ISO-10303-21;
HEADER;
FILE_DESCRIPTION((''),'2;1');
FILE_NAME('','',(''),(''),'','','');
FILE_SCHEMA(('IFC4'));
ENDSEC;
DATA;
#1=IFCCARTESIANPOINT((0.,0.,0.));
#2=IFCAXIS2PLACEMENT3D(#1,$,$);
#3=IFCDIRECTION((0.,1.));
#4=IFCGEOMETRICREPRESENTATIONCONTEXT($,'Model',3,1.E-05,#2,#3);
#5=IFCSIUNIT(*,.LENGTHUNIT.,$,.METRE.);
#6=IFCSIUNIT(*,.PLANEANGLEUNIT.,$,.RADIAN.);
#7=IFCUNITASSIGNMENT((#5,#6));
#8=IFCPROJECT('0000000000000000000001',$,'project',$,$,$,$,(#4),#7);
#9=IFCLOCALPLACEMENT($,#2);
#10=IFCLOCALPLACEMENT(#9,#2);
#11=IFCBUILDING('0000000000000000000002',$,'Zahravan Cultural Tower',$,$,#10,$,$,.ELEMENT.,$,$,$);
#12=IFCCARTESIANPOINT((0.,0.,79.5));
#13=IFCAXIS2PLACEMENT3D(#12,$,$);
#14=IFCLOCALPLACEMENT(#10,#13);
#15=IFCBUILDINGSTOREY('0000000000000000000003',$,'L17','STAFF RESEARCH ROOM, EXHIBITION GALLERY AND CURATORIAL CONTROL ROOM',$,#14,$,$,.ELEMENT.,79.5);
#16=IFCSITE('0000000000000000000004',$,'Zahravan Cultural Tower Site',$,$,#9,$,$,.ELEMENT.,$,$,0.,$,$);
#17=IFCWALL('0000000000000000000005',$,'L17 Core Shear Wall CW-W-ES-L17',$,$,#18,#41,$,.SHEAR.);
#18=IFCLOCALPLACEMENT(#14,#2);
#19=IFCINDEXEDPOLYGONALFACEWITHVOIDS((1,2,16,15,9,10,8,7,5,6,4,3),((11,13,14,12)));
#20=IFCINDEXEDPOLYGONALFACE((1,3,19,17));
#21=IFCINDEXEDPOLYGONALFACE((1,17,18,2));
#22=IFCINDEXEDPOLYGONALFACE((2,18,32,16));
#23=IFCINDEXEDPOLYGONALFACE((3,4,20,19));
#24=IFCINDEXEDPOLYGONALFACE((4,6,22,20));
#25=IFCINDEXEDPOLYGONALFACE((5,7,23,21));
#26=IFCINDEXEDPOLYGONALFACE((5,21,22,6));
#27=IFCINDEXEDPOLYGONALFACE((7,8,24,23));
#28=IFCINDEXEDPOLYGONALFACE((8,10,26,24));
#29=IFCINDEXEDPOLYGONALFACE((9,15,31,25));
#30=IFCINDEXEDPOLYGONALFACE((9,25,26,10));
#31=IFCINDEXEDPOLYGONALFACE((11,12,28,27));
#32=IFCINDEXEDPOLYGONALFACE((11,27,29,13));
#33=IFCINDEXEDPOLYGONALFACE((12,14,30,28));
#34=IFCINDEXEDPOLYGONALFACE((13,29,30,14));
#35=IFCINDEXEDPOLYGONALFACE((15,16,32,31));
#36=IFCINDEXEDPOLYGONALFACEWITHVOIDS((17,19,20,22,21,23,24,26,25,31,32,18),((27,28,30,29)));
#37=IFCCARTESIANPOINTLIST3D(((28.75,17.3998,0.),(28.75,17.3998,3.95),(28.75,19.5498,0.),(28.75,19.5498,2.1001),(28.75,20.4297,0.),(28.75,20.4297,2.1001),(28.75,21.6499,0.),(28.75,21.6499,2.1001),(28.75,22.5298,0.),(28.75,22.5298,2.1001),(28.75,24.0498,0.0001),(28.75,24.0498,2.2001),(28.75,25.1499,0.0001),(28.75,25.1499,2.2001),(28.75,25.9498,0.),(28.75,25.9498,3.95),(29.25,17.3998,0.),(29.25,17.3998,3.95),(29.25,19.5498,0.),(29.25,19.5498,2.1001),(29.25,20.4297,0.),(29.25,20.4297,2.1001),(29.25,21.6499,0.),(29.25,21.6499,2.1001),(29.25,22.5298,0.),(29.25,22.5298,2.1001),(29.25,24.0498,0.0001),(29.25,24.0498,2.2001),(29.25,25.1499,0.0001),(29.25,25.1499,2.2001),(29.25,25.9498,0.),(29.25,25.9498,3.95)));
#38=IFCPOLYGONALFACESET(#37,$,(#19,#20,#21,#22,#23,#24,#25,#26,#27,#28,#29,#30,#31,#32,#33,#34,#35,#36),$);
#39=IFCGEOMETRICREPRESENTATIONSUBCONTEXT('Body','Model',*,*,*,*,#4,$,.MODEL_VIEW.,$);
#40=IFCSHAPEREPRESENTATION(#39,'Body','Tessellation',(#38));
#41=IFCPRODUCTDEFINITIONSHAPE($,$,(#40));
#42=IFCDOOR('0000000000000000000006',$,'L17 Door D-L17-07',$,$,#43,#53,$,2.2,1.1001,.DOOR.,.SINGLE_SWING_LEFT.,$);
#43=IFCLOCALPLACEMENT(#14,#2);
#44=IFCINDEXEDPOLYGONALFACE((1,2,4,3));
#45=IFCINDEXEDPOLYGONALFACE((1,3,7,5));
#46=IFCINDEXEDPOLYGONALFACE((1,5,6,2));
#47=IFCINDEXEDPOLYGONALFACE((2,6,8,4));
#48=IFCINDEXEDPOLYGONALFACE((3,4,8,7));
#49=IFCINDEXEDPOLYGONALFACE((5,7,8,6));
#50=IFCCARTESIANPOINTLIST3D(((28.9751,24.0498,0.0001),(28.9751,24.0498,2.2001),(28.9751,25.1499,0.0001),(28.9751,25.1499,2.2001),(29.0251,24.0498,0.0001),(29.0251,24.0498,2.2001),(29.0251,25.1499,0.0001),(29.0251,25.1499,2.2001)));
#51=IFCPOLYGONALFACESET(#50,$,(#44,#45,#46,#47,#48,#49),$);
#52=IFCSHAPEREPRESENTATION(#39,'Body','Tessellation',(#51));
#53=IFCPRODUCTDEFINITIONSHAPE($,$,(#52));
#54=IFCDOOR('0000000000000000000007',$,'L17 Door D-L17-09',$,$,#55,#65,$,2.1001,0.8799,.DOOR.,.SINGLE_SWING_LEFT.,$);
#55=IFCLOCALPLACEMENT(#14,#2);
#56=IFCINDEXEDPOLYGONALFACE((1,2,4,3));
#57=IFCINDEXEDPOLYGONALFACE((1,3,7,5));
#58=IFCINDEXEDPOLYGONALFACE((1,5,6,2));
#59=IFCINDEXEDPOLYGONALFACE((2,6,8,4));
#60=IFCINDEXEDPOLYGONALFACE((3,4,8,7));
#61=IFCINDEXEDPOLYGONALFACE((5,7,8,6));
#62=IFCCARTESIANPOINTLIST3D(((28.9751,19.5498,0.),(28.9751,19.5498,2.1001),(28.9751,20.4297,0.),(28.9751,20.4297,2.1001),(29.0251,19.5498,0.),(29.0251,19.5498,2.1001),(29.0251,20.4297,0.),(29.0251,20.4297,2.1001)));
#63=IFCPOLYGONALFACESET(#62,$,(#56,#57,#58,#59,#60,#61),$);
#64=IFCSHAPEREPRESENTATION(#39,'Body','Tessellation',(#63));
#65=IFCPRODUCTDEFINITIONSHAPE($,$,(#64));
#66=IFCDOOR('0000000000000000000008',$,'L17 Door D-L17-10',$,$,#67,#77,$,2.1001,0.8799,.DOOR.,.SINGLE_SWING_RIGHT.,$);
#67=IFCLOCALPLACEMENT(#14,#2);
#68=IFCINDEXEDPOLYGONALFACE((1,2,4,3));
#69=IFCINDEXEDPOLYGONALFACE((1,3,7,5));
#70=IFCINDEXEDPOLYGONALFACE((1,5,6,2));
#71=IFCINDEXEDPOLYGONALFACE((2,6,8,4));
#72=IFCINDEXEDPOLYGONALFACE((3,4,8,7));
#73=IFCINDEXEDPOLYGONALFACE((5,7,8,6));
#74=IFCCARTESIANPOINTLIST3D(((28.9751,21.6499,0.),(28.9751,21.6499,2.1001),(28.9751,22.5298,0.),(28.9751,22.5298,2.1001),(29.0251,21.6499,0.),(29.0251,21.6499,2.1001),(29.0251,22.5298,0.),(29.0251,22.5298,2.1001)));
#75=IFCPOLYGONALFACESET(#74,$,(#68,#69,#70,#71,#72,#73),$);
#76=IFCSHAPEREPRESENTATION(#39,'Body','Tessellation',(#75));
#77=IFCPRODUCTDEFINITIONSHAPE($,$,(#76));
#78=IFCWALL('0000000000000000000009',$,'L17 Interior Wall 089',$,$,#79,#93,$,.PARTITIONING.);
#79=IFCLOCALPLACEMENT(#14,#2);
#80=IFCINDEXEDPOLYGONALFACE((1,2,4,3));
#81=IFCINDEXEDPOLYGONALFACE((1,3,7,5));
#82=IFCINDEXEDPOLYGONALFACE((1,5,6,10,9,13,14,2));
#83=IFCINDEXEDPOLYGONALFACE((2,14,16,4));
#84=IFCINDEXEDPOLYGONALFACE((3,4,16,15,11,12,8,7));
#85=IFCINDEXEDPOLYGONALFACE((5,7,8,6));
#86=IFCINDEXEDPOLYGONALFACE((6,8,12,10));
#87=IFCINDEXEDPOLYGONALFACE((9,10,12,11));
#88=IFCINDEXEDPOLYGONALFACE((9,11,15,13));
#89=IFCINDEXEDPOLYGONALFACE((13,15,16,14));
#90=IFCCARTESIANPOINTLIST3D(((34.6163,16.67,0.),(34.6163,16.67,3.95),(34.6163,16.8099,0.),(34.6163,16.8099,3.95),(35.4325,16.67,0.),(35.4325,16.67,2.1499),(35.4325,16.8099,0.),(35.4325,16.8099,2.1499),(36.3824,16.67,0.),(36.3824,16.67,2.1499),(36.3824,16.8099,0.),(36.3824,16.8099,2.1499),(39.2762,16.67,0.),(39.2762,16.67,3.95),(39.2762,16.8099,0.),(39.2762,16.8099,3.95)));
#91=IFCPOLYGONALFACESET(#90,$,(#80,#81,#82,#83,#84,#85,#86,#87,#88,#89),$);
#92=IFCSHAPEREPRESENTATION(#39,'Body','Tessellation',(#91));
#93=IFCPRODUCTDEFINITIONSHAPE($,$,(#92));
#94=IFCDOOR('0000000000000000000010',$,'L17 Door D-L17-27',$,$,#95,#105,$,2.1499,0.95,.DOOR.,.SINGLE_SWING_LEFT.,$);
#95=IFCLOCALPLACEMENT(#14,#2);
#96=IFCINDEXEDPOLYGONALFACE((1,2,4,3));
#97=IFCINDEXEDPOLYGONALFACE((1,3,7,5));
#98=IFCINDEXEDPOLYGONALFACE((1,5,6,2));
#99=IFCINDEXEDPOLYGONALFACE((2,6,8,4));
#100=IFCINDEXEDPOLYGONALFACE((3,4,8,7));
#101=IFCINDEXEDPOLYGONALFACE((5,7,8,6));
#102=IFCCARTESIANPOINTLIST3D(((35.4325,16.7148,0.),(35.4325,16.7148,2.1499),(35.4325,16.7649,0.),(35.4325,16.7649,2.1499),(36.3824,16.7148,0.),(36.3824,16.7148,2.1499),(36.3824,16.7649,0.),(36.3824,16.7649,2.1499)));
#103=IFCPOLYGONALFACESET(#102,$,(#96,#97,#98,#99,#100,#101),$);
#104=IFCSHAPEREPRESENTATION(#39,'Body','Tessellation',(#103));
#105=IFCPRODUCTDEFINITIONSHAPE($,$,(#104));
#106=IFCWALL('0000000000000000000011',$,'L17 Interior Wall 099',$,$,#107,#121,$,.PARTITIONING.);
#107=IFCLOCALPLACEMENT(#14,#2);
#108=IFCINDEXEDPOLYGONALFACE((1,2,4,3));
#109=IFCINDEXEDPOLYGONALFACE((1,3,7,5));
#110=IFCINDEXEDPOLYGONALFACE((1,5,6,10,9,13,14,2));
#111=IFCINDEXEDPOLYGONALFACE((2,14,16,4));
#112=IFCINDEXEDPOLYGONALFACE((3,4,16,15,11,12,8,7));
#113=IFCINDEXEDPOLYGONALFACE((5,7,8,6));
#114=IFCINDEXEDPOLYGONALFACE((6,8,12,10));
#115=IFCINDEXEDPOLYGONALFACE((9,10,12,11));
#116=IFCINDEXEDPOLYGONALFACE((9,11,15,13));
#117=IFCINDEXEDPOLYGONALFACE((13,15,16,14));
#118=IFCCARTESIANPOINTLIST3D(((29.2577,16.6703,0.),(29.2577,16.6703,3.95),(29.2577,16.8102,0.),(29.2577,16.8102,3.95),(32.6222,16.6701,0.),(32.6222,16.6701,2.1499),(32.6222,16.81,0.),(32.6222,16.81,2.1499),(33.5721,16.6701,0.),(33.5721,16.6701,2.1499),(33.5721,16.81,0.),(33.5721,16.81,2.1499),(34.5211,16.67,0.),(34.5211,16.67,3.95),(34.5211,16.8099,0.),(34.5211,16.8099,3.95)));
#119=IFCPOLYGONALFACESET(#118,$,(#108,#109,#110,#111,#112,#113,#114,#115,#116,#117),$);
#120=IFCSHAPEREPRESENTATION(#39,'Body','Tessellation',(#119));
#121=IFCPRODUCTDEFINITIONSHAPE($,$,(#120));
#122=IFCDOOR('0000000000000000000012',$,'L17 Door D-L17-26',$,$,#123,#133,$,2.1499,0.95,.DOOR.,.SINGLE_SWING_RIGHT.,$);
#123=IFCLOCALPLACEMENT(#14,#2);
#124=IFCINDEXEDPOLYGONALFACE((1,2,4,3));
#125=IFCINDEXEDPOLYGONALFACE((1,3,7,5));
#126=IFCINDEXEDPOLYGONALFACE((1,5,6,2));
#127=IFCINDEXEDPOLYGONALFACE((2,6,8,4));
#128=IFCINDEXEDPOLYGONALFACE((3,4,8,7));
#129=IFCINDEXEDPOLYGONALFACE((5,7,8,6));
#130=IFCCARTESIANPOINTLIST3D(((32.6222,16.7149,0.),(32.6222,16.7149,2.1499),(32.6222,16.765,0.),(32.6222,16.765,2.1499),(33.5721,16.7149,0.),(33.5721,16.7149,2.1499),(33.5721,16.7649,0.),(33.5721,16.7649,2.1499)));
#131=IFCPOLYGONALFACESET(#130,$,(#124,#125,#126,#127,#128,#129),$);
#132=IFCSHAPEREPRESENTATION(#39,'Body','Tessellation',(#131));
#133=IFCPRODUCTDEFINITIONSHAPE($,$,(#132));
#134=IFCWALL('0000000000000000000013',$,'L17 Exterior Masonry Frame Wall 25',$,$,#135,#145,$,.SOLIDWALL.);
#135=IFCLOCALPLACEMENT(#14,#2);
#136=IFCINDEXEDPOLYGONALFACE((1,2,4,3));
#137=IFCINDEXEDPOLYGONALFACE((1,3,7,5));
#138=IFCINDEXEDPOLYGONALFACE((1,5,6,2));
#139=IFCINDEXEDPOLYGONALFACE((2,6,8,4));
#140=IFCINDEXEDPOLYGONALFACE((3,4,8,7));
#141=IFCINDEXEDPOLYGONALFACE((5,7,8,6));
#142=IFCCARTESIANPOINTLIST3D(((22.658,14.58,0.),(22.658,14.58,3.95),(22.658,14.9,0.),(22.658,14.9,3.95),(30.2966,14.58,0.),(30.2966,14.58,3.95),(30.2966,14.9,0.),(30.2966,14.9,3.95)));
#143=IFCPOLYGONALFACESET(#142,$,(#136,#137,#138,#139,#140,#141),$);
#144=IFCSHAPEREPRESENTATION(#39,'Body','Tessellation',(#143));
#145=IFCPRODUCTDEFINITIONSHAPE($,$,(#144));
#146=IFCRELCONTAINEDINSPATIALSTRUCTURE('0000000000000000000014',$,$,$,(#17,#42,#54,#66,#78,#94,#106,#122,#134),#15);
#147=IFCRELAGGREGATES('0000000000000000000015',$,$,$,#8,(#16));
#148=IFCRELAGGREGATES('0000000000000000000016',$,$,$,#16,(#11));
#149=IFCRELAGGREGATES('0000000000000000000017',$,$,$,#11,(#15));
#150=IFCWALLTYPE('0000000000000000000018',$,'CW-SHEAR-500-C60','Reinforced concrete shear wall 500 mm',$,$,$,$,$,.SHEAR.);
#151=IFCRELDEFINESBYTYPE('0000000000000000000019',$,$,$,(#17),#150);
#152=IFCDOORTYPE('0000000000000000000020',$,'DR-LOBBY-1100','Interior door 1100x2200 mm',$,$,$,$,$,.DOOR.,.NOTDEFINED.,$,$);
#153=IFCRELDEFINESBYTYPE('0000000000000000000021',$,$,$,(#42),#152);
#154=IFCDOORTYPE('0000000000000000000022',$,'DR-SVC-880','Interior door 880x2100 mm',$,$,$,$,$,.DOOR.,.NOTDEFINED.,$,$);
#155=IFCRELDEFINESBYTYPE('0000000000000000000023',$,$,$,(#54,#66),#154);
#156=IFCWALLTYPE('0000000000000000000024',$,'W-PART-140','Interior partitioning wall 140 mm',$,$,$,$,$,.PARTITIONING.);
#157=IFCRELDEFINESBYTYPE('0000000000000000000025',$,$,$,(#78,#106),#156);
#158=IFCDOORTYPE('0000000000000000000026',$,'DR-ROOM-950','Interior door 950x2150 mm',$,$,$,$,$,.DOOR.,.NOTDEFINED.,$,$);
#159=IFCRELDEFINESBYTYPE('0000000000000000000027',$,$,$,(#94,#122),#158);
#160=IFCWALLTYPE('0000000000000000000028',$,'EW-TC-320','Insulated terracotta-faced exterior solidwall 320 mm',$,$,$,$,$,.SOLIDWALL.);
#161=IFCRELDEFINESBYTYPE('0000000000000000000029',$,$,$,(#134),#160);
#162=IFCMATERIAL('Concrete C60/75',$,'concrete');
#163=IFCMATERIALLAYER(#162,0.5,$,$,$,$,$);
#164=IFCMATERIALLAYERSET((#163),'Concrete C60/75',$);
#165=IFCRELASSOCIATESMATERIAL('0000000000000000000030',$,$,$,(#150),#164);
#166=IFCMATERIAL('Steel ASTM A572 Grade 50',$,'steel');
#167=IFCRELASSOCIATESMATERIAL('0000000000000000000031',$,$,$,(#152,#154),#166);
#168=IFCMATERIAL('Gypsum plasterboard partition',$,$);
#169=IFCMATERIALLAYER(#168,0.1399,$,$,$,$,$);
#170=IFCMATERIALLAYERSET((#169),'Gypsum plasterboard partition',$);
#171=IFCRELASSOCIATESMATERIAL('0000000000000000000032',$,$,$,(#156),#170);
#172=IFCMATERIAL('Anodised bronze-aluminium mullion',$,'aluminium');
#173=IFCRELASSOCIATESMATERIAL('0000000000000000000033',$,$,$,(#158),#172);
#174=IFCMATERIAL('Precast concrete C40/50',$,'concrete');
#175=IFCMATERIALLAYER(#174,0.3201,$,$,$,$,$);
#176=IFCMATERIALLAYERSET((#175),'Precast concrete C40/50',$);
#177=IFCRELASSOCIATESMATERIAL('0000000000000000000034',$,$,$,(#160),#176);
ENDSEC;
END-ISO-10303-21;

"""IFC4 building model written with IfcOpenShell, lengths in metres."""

from ifc_helpers import new_model, si_unit, direction, frame, frame_2d, origin, place, context, subcontext, project, spatial, rectangle, extrude, source, transform, mapped, material, layer, layer_set, type_object, element, fill, save


model = new_model("IFC4")

# Units and contexts
model_context = context("Model", 3, precision=1e-05, world=origin(), true_north=direction((0.0, 1.0)))
body_context = subcontext(model_context, "Body", "Model", "MODEL_VIEW")
ifc_project = project(units=[si_unit("LENGTHUNIT", "METRE"), si_unit("PLANEANGLEUNIT", "RADIAN")], contexts=[model_context])

# Site, building, storey
site_placement = place(None, origin())
site = spatial("IfcSite", under=ifc_project, at=site_placement, Name="Zahravan Cultural Tower Site", CompositionType="ELEMENT", RefElevation=0.0)
building_placement = place(site_placement, origin())
building = spatial("IfcBuilding", under=site, at=building_placement, Name="Zahravan Cultural Tower", CompositionType="ELEMENT")
storey_placement = place(building_placement, frame((0.0, 0.0, 79.5)))
storey = spatial("IfcBuildingStorey", under=building, at=storey_placement, Name="L17", Description="STAFF RESEARCH ROOM, EXHIBITION GALLERY AND CURATORIAL CONTROL ROOM", CompositionType="ELEMENT", Elevation=79.5)

# Shared definitions
ifc_material_1 = material(Name="Anodised bronze-aluminium mullion", Category="aluminium")

# Wall, openings, doors
ifc_material_2 = material(Name="Concrete C60/75", Category="concrete")
ifc_layer_1 = layer(ifc_material_2, 0.5)
ifc_layer_set_1 = layer_set([ifc_layer_1], Name="Concrete C60/75")
wall_type_1 = type_object("IfcWallType", Name="CW-SHEAR-500-C60", Description="Reinforced concrete shear wall 500 mm", PredefinedType="SHEAR", material=ifc_layer_set_1)
wall_1_placement = place(storey_placement, frame((29.0, 17.3999, 0.0), z_axis=(0.0, 0.0, 1.0), x_axis=(0.0, 1.0, 0.0)))
wall_1 = element("IfcWall", 1, at=wall_1_placement, inside=storey, type_object=wall_type_1, Name="L17 Core Shear Wall CW-W-ES-L17", PredefinedType="SHEAR", context=body_context, shape_type="SweptSolid", body=[
    extrude(rectangle(XDim=8.55, YDim=0.5, at=frame_2d((4.2749, 0.0))), origin(), (0.0, 0.0, 1.0), 3.95),
])
opening_1_placement = place(wall_1_placement, frame((6.6499, 0.0, 0.0)))
opening_1 = element("IfcOpeningElement", 2, at=opening_1_placement, cuts=wall_1, PredefinedType="OPENING", context=body_context, shape_type="SweptSolid", body=[
    extrude(rectangle(XDim=1.1001, YDim=2.2, at=frame_2d((0.55, 1.1001))), frame((0.0, 0.26, 0.0), z_axis=(0.0, -1.0, 0.0), x_axis=(1.0, 0.0, 0.0)), (0.0, 0.0, 1.0), 0.52),
])
opening_2_placement = place(wall_1_placement, frame((2.1499, 0.0, 0.0)))
opening_2 = element("IfcOpeningElement", 3, at=opening_2_placement, cuts=wall_1, PredefinedType="OPENING", context=body_context, shape_type="SweptSolid", body=[
    extrude(rectangle(XDim=0.8799, YDim=2.1001, at=frame_2d((0.4399, 1.05))), frame((0.0, 0.26, 0.0), z_axis=(0.0, -1.0, 0.0), x_axis=(1.0, 0.0, 0.0)), (0.0, 0.0, 1.0), 0.52),
])
opening_3_placement = place(wall_1_placement, frame((4.25, 0.0, 0.0)))
opening_3 = element("IfcOpeningElement", 4, at=opening_3_placement, cuts=wall_1, PredefinedType="OPENING", context=body_context, shape_type="SweptSolid", body=[
    extrude(rectangle(XDim=0.8799, YDim=2.1001, at=frame_2d((0.4399, 1.05))), frame((0.0, 0.26, 0.0), z_axis=(0.0, -1.0, 0.0), x_axis=(1.0, 0.0, 0.0)), (0.0, 0.0, 1.0), 0.52),
])
ifc_material_3 = material(Name="Steel ASTM A572 Grade 50", Category="steel")
door_type_1 = type_object("IfcDoorType", Name="DR-LOBBY-1100", Description="Interior door 1100x2200 mm", OperationType="NOTDEFINED", PredefinedType="DOOR", material=ifc_material_3)
shared_shape_1 = source(origin(), body_context, "Body", "SweptSolid", [
    extrude(rectangle(XDim=1.1001, YDim=2.2, at=frame_2d((0.55, 1.1001))), frame((0.0, 0.0249, 0.0), z_axis=(0.0, -1.0, 0.0), x_axis=(1.0, 0.0, 0.0)), (0.0, 0.0, 1.0), 0.05),
])
door_1_placement = place(opening_1_placement, origin())
door_1 = element("IfcDoor", 5, at=door_1_placement, inside=storey, type_object=door_type_1, Name="L17 Door D-L17-07", OperationType="SINGLE_SWING_LEFT", OverallHeight=2.2, OverallWidth=1.1001, PredefinedType="DOOR", context=body_context, shape_type="MappedRepresentation", body=[
    mapped(shared_shape_1, transform((0.0, 0.0, 0.0), x_axis=(1.0, 0.0, 0.0), y_axis=(0.0, 1.0, 0.0), z_axis=(0.0, 0.0, 1.0), scale=1.0)),
])
fill(opening_1, door_1)
door_type_2 = type_object("IfcDoorType", Name="DR-SVC-880", Description="Interior door 880x2100 mm", OperationType="NOTDEFINED", PredefinedType="DOOR", material=ifc_material_3)
shared_shape_2 = source(origin(), body_context, "Body", "SweptSolid", [
    extrude(rectangle(XDim=0.8799, YDim=2.1001, at=frame_2d((0.4399, 1.05))), frame((0.0, 0.0249, 0.0), z_axis=(0.0, -1.0, 0.0), x_axis=(1.0, 0.0, 0.0)), (0.0, 0.0, 1.0), 0.05),
])
door_2_placement = place(opening_2_placement, origin())
door_2 = element("IfcDoor", 6, at=door_2_placement, inside=storey, type_object=door_type_2, Name="L17 Door D-L17-09", OperationType="SINGLE_SWING_LEFT", OverallHeight=2.1001, OverallWidth=0.8799, PredefinedType="DOOR", context=body_context, shape_type="MappedRepresentation", body=[
    mapped(shared_shape_2, transform((0.0, 0.0, 0.0), x_axis=(1.0, 0.0, 0.0), y_axis=(0.0, 1.0, 0.0), z_axis=(0.0, 0.0, 1.0), scale=1.0)),
])
fill(opening_2, door_2)
door_3_placement = place(opening_3_placement, origin())
door_3 = element("IfcDoor", 7, at=door_3_placement, inside=storey, type_object=door_type_2, Name="L17 Door D-L17-10", OperationType="SINGLE_SWING_RIGHT", OverallHeight=2.1001, OverallWidth=0.8799, PredefinedType="DOOR", context=body_context, shape_type="MappedRepresentation", body=[
    mapped(shared_shape_2, transform((0.0, 0.0, 0.0), x_axis=(1.0, 0.0, 0.0), y_axis=(0.0, 1.0, 0.0), z_axis=(0.0, 0.0, 1.0), scale=1.0)),
])
fill(opening_3, door_3)

# Walls, openings, doors
ifc_material_4 = material(Name="Gypsum plasterboard partition")
ifc_layer_2 = layer(ifc_material_4, 0.1399)
ifc_layer_set_2 = layer_set([ifc_layer_2], Name="Gypsum plasterboard partition")
wall_type_2 = type_object("IfcWallType", Name="W-PART-140", Description="Interior partitioning wall 140 mm", PredefinedType="PARTITIONING", material=ifc_layer_set_2)
wall_2_placement = place(storey_placement, frame((34.6162, 16.74, 0.0), z_axis=(0.0, 0.0, 1.0), x_axis=(1.0, 0.0, 0.0)))
wall_2 = element("IfcWall", 8, at=wall_2_placement, inside=storey, type_object=wall_type_2, Name="L17 Interior Wall 089", PredefinedType="PARTITIONING", context=body_context, shape_type="SweptSolid", body=[
    extrude(rectangle(XDim=4.6599, YDim=0.1399, at=frame_2d((2.3301, 0.0))), origin(), (0.0, 0.0, 1.0), 3.95),
])
opening_4_placement = place(wall_2_placement, frame((0.8162, 0.0, 0.0)))
opening_4 = element("IfcOpeningElement", 9, at=opening_4_placement, cuts=wall_2, PredefinedType="OPENING", context=body_context, shape_type="SweptSolid", body=[
    extrude(rectangle(XDim=0.95, YDim=2.1499, at=frame_2d((0.4751, 1.075))), frame((0.0, 0.0798, 0.0), z_axis=(0.0, -1.0, 0.0), x_axis=(1.0, 0.0, 0.0)), (0.0, 0.0, 1.0), 0.1599),
])
door_type_3 = type_object("IfcDoorType", Name="DR-ROOM-950", Description="Interior door 950x2150 mm", OperationType="NOTDEFINED", PredefinedType="DOOR", material=ifc_material_1)
shared_shape_3 = source(origin(), body_context, "Body", "SweptSolid", [
    extrude(rectangle(XDim=0.95, YDim=2.1499, at=frame_2d((0.4751, 1.075))), frame((0.0, 0.0249, 0.0), z_axis=(0.0, -1.0, 0.0), x_axis=(1.0, 0.0, 0.0)), (0.0, 0.0, 1.0), 0.05),
])
door_4_placement = place(opening_4_placement, origin())
door_4 = element("IfcDoor", 10, at=door_4_placement, inside=storey, type_object=door_type_3, Name="L17 Door D-L17-27", OperationType="SINGLE_SWING_LEFT", OverallHeight=2.1499, OverallWidth=0.95, PredefinedType="DOOR", context=body_context, shape_type="MappedRepresentation", body=[
    mapped(shared_shape_3, transform((0.0, 0.0, 0.0), x_axis=(1.0, 0.0, 0.0), y_axis=(0.0, 1.0, 0.0), z_axis=(0.0, 0.0, 1.0), scale=1.0)),
])
fill(opening_4, door_4)
wall_3_placement = place(storey_placement, frame((29.2576, 16.7402, 0.0), z_axis=(0.0, 0.0, 1.0), x_axis=(1.0, -0.000046, 0.0)))
wall_3 = element("IfcWall", 11, at=wall_3_placement, inside=storey, type_object=wall_type_2, Name="L17 Interior Wall 099", PredefinedType="PARTITIONING", context=body_context, shape_type="SweptSolid", body=[
    extrude(rectangle(XDim=5.2634, YDim=0.1399, at=frame_2d((2.6318, 0.0))), origin(), (0.0, 0.0, 1.0), 3.95),
])
opening_5_placement = place(wall_3_placement, frame((3.3645, 0.0, 0.0)))
opening_5 = element("IfcOpeningElement", 12, at=opening_5_placement, cuts=wall_3, PredefinedType="OPENING", context=body_context, shape_type="SweptSolid", body=[
    extrude(rectangle(XDim=0.95, YDim=2.1499, at=frame_2d((0.4751, 1.075))), frame((0.0, 0.0798, 0.0), z_axis=(0.0, -1.0, 0.0), x_axis=(1.0, 0.0, 0.0)), (0.0, 0.0, 1.0), 0.1599),
])
door_5_placement = place(opening_5_placement, origin())
door_5 = element("IfcDoor", 13, at=door_5_placement, inside=storey, type_object=door_type_3, Name="L17 Door D-L17-26", OperationType="SINGLE_SWING_RIGHT", OverallHeight=2.1499, OverallWidth=0.95, PredefinedType="DOOR", context=body_context, shape_type="MappedRepresentation", body=[
    mapped(shared_shape_3, transform((0.0, 0.0, 0.0), x_axis=(1.0, 0.0, 0.0), y_axis=(0.0, 1.0, 0.0), z_axis=(0.0, 0.0, 1.0), scale=1.0)),
])
fill(opening_5, door_5)

# Wall
ifc_material_5 = material(Name="Precast concrete C40/50", Category="concrete")
ifc_layer_3 = layer(ifc_material_5, 0.3201)
ifc_layer_set_3 = layer_set([ifc_layer_3], Name="Precast concrete C40/50")
wall_type_3 = type_object("IfcWallType", Name="EW-TC-320", Description="Insulated terracotta-faced exterior solidwall 320 mm", PredefinedType="SOLIDWALL", material=ifc_layer_set_3)
shared_shape_4 = source(origin(), body_context, "Body", "SweptSolid", [
    extrude(rectangle(XDim=7.6387, YDim=0.3201, at=frame_2d((3.8193, 0.0))), origin(), (0.0, 0.0, 1.0), 3.95),
])
wall_4_placement = place(storey_placement, frame((30.2966, 14.74, 0.0), z_axis=(0.0, 0.0, 1.0), x_axis=(-1.0, 0.0, 0.0)))
element("IfcWall", 14, at=wall_4_placement, inside=storey, type_object=wall_type_3, Name="L17 Exterior Masonry Frame Wall 25", PredefinedType="SOLIDWALL", context=body_context, shape_type="MappedRepresentation", body=[
    mapped(shared_shape_4, transform((0.0, 0.0, 0.0), x_axis=(1.0, 0.0, 0.0), y_axis=(0.0, 1.0, 0.0), z_axis=(0.0, 0.0, 1.0), scale=1.0)),
])

save(model, "model.ifc")
